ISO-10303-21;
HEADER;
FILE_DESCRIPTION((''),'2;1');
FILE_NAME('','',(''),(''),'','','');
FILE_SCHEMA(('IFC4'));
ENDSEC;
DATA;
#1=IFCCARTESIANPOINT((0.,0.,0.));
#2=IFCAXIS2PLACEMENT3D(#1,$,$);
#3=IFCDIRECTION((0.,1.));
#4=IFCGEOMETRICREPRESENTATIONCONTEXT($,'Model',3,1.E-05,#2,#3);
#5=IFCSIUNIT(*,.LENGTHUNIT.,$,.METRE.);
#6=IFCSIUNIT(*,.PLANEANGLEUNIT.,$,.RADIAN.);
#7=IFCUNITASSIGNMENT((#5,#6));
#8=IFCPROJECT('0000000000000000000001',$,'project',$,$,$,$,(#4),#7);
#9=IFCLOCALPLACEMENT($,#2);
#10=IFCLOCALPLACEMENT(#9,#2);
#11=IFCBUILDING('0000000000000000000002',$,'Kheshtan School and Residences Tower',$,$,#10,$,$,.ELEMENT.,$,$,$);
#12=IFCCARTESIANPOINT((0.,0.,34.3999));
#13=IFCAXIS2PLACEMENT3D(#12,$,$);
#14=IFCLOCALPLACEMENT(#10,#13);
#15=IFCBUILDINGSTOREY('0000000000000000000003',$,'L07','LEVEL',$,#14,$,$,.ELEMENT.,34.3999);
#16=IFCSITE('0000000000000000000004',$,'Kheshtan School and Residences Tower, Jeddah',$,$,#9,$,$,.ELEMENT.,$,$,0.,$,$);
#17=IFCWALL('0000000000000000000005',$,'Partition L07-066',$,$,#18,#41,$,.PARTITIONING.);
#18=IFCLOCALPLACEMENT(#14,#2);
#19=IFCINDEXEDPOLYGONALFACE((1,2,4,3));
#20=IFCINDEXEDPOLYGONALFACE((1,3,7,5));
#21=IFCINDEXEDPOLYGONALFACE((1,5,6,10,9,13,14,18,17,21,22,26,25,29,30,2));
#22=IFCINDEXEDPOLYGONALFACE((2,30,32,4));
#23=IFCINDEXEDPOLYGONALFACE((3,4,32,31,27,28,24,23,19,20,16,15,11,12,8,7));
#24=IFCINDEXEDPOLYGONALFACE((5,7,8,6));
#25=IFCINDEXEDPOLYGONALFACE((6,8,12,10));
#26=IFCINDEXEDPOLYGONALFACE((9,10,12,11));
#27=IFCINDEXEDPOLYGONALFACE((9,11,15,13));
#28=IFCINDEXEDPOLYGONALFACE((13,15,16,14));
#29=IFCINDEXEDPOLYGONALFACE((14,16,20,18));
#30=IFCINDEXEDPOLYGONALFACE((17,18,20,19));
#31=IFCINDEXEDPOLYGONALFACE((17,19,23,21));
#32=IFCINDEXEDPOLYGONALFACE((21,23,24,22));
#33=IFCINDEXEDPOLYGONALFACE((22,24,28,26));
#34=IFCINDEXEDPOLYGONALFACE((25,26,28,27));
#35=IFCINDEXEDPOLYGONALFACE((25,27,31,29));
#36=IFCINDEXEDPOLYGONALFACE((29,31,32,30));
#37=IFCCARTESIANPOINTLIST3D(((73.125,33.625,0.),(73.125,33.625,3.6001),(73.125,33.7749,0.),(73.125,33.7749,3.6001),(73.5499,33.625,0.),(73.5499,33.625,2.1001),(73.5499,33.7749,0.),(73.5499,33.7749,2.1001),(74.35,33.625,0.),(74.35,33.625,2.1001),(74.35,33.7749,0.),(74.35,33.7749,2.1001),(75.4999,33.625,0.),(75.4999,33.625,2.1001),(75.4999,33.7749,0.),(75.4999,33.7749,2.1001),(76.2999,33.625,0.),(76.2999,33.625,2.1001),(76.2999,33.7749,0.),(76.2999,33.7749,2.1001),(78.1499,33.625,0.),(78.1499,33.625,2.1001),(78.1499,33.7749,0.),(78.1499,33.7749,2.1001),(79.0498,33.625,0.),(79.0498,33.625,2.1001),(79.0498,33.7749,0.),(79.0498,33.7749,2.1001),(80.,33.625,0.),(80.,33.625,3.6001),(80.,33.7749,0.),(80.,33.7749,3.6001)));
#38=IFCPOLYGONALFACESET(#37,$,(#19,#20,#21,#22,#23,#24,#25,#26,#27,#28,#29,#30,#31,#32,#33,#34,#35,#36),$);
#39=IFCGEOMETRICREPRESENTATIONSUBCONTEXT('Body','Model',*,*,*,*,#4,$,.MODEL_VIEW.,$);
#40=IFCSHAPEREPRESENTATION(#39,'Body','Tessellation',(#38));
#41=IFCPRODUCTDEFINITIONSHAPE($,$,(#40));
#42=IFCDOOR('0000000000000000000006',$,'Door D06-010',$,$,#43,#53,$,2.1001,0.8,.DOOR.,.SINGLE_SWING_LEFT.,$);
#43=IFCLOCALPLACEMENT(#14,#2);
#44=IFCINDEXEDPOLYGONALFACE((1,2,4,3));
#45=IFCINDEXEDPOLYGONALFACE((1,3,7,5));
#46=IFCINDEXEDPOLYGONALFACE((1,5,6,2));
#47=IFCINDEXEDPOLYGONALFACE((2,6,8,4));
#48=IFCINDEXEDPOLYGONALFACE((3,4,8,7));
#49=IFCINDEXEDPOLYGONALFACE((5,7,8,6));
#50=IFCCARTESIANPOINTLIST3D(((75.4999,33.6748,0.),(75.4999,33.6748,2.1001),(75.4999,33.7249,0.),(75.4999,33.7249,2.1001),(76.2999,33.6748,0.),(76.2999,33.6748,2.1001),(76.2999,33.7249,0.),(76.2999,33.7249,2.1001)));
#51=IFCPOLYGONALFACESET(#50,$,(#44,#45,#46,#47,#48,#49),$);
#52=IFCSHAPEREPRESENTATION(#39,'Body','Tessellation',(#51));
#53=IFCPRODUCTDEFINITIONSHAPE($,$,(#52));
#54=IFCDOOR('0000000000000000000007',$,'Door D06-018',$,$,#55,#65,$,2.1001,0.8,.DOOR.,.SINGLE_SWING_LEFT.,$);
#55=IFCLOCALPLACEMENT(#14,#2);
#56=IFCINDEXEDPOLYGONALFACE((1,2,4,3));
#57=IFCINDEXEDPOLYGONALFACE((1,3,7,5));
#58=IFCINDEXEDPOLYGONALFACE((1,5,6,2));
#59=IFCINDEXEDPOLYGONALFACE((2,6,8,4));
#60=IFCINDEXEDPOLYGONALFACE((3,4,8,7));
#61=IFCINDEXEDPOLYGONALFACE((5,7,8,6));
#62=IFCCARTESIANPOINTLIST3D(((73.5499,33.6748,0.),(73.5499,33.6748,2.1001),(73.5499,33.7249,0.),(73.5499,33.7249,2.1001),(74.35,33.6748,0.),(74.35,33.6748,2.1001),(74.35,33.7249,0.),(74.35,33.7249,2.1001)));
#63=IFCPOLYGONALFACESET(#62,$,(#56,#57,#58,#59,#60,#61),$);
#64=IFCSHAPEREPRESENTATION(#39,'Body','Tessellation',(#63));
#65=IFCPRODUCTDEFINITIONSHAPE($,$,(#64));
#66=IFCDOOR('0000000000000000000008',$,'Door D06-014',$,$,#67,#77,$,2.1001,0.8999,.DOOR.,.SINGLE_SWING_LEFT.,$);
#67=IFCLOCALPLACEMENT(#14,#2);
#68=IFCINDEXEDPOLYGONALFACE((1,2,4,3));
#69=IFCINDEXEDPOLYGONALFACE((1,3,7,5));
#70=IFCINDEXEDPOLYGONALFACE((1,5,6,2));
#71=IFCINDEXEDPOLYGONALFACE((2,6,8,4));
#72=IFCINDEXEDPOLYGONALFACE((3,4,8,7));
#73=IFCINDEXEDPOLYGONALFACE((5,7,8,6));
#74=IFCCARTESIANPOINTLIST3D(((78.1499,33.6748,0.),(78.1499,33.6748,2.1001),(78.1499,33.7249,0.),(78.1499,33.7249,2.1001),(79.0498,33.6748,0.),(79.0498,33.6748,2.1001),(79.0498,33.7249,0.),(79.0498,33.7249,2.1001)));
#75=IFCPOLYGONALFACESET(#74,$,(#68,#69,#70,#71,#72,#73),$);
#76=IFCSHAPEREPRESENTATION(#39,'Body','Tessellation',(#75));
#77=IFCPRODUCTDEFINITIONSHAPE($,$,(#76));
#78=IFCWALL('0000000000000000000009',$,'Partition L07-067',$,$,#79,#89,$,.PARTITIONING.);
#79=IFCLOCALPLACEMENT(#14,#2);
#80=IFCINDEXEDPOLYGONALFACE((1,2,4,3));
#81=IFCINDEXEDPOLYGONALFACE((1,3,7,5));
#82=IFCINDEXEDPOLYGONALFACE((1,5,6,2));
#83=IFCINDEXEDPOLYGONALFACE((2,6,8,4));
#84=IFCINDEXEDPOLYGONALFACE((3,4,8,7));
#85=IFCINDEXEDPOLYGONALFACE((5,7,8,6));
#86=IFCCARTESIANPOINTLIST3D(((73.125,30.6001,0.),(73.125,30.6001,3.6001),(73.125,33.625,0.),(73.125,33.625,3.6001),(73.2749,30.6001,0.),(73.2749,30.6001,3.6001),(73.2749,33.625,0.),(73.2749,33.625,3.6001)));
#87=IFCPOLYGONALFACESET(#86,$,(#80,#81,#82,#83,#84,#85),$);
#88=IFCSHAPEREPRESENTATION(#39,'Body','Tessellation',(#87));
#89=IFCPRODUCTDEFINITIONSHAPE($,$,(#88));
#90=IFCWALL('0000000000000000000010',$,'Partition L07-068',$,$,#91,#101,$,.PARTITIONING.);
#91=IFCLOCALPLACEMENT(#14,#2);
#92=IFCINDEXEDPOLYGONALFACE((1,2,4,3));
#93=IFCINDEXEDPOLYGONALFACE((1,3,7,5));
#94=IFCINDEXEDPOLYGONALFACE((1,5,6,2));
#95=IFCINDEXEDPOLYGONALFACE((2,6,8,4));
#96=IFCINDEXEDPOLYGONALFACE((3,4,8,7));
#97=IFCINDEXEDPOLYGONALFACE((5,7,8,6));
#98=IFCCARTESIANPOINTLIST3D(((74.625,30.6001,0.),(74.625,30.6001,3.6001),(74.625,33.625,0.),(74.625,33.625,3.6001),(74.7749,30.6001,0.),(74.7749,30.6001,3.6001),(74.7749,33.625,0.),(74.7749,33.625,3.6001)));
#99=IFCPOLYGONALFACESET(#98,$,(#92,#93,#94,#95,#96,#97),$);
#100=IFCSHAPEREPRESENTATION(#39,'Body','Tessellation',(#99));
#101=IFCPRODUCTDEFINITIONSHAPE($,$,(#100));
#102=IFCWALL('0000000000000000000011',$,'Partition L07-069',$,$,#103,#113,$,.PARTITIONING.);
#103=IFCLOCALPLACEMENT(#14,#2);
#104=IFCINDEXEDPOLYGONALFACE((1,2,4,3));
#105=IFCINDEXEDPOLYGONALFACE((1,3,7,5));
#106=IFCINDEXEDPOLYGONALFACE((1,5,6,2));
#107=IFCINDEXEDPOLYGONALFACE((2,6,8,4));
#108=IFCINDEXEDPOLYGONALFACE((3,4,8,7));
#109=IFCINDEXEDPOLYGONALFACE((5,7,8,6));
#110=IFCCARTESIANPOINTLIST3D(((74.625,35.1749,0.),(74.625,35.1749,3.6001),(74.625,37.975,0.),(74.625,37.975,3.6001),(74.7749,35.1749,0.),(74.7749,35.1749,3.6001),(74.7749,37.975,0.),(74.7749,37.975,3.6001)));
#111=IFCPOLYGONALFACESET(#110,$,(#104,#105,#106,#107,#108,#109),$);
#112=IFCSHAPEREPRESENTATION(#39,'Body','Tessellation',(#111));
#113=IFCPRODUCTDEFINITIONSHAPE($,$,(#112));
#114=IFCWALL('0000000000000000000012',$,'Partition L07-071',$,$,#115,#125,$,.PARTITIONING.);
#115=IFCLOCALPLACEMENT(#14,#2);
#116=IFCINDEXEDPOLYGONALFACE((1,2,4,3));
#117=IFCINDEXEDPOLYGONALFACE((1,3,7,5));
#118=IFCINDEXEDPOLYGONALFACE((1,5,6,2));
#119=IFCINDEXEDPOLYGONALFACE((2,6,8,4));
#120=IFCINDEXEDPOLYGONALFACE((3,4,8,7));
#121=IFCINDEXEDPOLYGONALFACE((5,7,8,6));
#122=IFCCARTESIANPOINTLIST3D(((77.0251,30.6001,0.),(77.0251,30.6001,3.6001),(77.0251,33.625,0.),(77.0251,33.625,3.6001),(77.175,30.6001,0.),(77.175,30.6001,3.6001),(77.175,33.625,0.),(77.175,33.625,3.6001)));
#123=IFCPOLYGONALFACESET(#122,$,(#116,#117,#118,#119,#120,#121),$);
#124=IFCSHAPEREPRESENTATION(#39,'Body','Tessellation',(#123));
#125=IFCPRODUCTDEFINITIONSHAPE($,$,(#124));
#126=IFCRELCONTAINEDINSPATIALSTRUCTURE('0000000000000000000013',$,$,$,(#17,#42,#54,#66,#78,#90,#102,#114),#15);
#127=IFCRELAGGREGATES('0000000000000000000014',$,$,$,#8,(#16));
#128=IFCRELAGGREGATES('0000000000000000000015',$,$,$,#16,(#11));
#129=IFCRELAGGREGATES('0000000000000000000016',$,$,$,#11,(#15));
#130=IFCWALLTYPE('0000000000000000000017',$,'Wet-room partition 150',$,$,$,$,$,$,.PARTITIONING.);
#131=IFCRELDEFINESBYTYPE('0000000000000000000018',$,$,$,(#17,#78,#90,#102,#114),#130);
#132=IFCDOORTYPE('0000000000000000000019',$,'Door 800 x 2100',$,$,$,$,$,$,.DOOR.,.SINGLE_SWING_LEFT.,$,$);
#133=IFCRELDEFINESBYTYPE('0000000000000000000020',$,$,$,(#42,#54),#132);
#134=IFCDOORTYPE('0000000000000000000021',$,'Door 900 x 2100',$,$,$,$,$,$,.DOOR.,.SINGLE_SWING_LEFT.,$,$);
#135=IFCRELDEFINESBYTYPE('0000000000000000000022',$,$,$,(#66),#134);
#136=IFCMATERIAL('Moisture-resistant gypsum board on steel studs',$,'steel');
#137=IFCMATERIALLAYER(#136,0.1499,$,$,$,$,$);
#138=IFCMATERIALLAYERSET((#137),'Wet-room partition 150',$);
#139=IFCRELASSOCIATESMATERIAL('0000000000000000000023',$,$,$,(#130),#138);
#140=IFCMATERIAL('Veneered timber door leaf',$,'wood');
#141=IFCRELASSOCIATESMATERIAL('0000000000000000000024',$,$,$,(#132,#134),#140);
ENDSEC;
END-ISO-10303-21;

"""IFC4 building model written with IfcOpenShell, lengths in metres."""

from ifc_helpers import new_model, si_unit, direction, frame, frame_2d, origin, place, context, subcontext, project, spatial, rectangle, extrude, source, transform, mapped, material, layer, layer_set, type_object, element, fill, save


model = new_model("IFC4")

# Units and contexts
model_context = context("Model", 3, precision=1e-05, world=origin(), true_north=direction((0.0, 1.0)))
body_context = subcontext(model_context, "Body", "Model", "MODEL_VIEW")
ifc_project = project(units=[si_unit("LENGTHUNIT", "METRE"), si_unit("PLANEANGLEUNIT", "RADIAN")], contexts=[model_context])

# Site, building, storey
site_placement = place(None, origin())
site = spatial("IfcSite", under=ifc_project, at=site_placement, Name="Kheshtan School and Residences Tower, Jeddah", CompositionType="ELEMENT", RefElevation=0.0)
building_placement = place(site_placement, origin())
building = spatial("IfcBuilding", under=site, at=building_placement, Name="Kheshtan School and Residences Tower", CompositionType="ELEMENT")
storey_placement = place(building_placement, frame((0.0, 0.0, 34.3999)))
storey = spatial("IfcBuildingStorey", under=building, at=storey_placement, Name="L07", Description="LEVEL", CompositionType="ELEMENT", Elevation=34.3999)

# Shared definitions
ifc_material_1 = material(Name="Moisture-resistant gypsum board on steel studs", Category="steel")
ifc_layer_1 = layer(ifc_material_1, 0.1499)
ifc_layer_set_1 = layer_set([ifc_layer_1], Name="Wet-room partition 150")
wall_type_1 = type_object("IfcWallType", Name="Wet-room partition 150", PredefinedType="PARTITIONING", material=ifc_layer_set_1)
ifc_material_2 = material(Name="Veneered timber door leaf", Category="wood")
door_type_1 = type_object("IfcDoorType", Name="Door 800 x 2100", OperationType="SINGLE_SWING_LEFT", PredefinedType="DOOR", material=ifc_material_2)
shared_shape_1 = source(origin(), body_context, "Body", "SweptSolid", [
    extrude(rectangle(XDim=0.8, YDim=2.1001, at=frame_2d((0.3999, 1.05))), frame((0.0, 0.0249, 0.0), z_axis=(0.0, -1.0, 0.0), x_axis=(1.0, 0.0, 0.0)), (0.0, 0.0, 1.0), 0.05),
])

# Shared definitions
door_type_2 = type_object("IfcDoorType", Name="Door 900 x 2100", OperationType="SINGLE_SWING_LEFT", PredefinedType="DOOR", material=ifc_material_2)
shared_shape_2 = source(origin(), body_context, "Body", "SweptSolid", [
    extrude(rectangle(XDim=0.8999, YDim=2.1001, at=frame_2d((0.45, 1.05))), frame((0.0, 0.0249, 0.0), z_axis=(0.0, -1.0, 0.0), x_axis=(1.0, 0.0, 0.0)), (0.0, 0.0, 1.0), 0.05),
])

# Wall, openings, doors
wall_1_placement = place(storey_placement, frame((73.125, 33.7, 0.0), z_axis=(0.0, 0.0, 1.0), x_axis=(1.0, 0.0, 0.0)))
wall_1 = element("IfcWall", 1, at=wall_1_placement, inside=storey, type_object=wall_type_1, Name="Partition L07-066", PredefinedType="PARTITIONING", context=body_context, shape_type="SweptSolid", body=[
    extrude(rectangle(XDim=6.875, YDim=0.1499, at=frame_2d((3.4375, 0.0))), origin(), (0.0, 0.0, 1.0), 3.6001),
])
opening_1_placement = place(wall_1_placement, frame((2.375, 0.0, 0.0)))
opening_1 = element("IfcOpeningElement", 2, at=opening_1_placement, cuts=wall_1, PredefinedType="OPENING", context=body_context, shape_type="SweptSolid", body=[
    extrude(rectangle(XDim=0.8, YDim=2.1001, at=frame_2d((0.3999, 1.05))), frame((0.0, 0.085, 0.0), z_axis=(0.0, -1.0, 0.0), x_axis=(1.0, 0.0, 0.0)), (0.0, 0.0, 1.0), 0.1699),
])
opening_2_placement = place(wall_1_placement, frame((5.0249, 0.0, 0.0)))
opening_2 = element("IfcOpeningElement", 3, at=opening_2_placement, cuts=wall_1, PredefinedType="OPENING", context=body_context, shape_type="SweptSolid", body=[
    extrude(rectangle(XDim=0.8999, YDim=2.1001, at=frame_2d((0.45, 1.05))), frame((0.0, 0.085, 0.0), z_axis=(0.0, -1.0, 0.0), x_axis=(1.0, 0.0, 0.0)), (0.0, 0.0, 1.0), 0.1699),
])
opening_3_placement = place(wall_1_placement, frame((0.425, 0.0, 0.0)))
opening_3 = element("IfcOpeningElement", 4, at=opening_3_placement, cuts=wall_1, PredefinedType="OPENING", context=body_context, shape_type="SweptSolid", body=[
    extrude(rectangle(XDim=0.8, YDim=2.1001, at=frame_2d((0.3999, 1.05))), frame((0.0, 0.085, 0.0), z_axis=(0.0, -1.0, 0.0), x_axis=(1.0, 0.0, 0.0)), (0.0, 0.0, 1.0), 0.1699),
])
door_1_placement = place(opening_1_placement, origin())
door_1 = element("IfcDoor", 5, at=door_1_placement, inside=storey, type_object=door_type_1, Name="Door D06-010", OperationType="SINGLE_SWING_LEFT", OverallHeight=2.1001, OverallWidth=0.8, PredefinedType="DOOR", context=body_context, shape_type="MappedRepresentation", body=[
    mapped(shared_shape_1, transform((0.0, 0.0, 0.0), x_axis=(1.0, 0.0, 0.0), y_axis=(0.0, 1.0, 0.0), z_axis=(0.0, 0.0, 1.0), scale=1.0)),
])
fill(opening_1, door_1)
door_2_placement = place(opening_3_placement, origin())
door_2 = element("IfcDoor", 6, at=door_2_placement, inside=storey, type_object=door_type_1, Name="Door D06-018", OperationType="SINGLE_SWING_LEFT", OverallHeight=2.1001, OverallWidth=0.8, PredefinedType="DOOR", context=body_context, shape_type="MappedRepresentation", body=[
    mapped(shared_shape_1, transform((0.0, 0.0, 0.0), x_axis=(1.0, 0.0, 0.0), y_axis=(0.0, 1.0, 0.0), z_axis=(0.0, 0.0, 1.0), scale=1.0)),
])
fill(opening_3, door_2)
door_3_placement = place(opening_2_placement, origin())
door_3 = element("IfcDoor", 7, at=door_3_placement, inside=storey, type_object=door_type_2, Name="Door D06-014", OperationType="SINGLE_SWING_LEFT", OverallHeight=2.1001, OverallWidth=0.8999, PredefinedType="DOOR", context=body_context, shape_type="MappedRepresentation", body=[
    mapped(shared_shape_2, transform((0.0, 0.0, 0.0), x_axis=(1.0, 0.0, 0.0), y_axis=(0.0, 1.0, 0.0), z_axis=(0.0, 0.0, 1.0), scale=1.0)),
])
fill(opening_2, door_3)

# Walls
for number, where, z_axis, x_axis, name in (
    (8, (73.2, 30.6001, 0.0), (0.0, 0.0, 1.0), (0.0, 1.0, 0.0), "Partition L07-067"),
    (9, (74.7, 30.6001, 0.0), (0.0, 0.0, 1.0), (0.0, 1.0, 0.0), "Partition L07-068"),
):
    element("IfcWall", number, at=place(storey_placement, frame(where, z_axis=z_axis, x_axis=x_axis)), inside=storey, type_object=wall_type_1, Name=name, PredefinedType="PARTITIONING", context=body_context, shape_type="SweptSolid", body=[
        extrude(rectangle(XDim=3.0249, YDim=0.1499, at=frame_2d((1.5125, 0.0))), origin(), (0.0, 0.0, 1.0), 3.6001),
    ])
wall_2_placement = place(storey_placement, frame((74.7, 35.175, 0.0), z_axis=(0.0, 0.0, 1.0), x_axis=(0.0, 1.0, 0.0)))
element("IfcWall", 10, at=wall_2_placement, inside=storey, type_object=wall_type_1, Name="Partition L07-069", PredefinedType="PARTITIONING", context=body_context, shape_type="SweptSolid", body=[
    extrude(rectangle(XDim=2.8, YDim=0.1499, at=frame_2d((1.3999, 0.0))), origin(), (0.0, 0.0, 1.0), 3.6001),
])
wall_3_placement = place(storey_placement, frame((77.1001, 30.6001, 0.0), z_axis=(0.0, 0.0, 1.0), x_axis=(0.0, 1.0, 0.0)))
element("IfcWall", 11, at=wall_3_placement, inside=storey, type_object=wall_type_1, Name="Partition L07-071", PredefinedType="PARTITIONING", context=body_context, shape_type="SweptSolid", body=[
    extrude(rectangle(XDim=3.0249, YDim=0.1499, at=frame_2d((1.5125, 0.0))), origin(), (0.0, 0.0, 1.0), 3.6001),
])

save(model, "model.ifc")
